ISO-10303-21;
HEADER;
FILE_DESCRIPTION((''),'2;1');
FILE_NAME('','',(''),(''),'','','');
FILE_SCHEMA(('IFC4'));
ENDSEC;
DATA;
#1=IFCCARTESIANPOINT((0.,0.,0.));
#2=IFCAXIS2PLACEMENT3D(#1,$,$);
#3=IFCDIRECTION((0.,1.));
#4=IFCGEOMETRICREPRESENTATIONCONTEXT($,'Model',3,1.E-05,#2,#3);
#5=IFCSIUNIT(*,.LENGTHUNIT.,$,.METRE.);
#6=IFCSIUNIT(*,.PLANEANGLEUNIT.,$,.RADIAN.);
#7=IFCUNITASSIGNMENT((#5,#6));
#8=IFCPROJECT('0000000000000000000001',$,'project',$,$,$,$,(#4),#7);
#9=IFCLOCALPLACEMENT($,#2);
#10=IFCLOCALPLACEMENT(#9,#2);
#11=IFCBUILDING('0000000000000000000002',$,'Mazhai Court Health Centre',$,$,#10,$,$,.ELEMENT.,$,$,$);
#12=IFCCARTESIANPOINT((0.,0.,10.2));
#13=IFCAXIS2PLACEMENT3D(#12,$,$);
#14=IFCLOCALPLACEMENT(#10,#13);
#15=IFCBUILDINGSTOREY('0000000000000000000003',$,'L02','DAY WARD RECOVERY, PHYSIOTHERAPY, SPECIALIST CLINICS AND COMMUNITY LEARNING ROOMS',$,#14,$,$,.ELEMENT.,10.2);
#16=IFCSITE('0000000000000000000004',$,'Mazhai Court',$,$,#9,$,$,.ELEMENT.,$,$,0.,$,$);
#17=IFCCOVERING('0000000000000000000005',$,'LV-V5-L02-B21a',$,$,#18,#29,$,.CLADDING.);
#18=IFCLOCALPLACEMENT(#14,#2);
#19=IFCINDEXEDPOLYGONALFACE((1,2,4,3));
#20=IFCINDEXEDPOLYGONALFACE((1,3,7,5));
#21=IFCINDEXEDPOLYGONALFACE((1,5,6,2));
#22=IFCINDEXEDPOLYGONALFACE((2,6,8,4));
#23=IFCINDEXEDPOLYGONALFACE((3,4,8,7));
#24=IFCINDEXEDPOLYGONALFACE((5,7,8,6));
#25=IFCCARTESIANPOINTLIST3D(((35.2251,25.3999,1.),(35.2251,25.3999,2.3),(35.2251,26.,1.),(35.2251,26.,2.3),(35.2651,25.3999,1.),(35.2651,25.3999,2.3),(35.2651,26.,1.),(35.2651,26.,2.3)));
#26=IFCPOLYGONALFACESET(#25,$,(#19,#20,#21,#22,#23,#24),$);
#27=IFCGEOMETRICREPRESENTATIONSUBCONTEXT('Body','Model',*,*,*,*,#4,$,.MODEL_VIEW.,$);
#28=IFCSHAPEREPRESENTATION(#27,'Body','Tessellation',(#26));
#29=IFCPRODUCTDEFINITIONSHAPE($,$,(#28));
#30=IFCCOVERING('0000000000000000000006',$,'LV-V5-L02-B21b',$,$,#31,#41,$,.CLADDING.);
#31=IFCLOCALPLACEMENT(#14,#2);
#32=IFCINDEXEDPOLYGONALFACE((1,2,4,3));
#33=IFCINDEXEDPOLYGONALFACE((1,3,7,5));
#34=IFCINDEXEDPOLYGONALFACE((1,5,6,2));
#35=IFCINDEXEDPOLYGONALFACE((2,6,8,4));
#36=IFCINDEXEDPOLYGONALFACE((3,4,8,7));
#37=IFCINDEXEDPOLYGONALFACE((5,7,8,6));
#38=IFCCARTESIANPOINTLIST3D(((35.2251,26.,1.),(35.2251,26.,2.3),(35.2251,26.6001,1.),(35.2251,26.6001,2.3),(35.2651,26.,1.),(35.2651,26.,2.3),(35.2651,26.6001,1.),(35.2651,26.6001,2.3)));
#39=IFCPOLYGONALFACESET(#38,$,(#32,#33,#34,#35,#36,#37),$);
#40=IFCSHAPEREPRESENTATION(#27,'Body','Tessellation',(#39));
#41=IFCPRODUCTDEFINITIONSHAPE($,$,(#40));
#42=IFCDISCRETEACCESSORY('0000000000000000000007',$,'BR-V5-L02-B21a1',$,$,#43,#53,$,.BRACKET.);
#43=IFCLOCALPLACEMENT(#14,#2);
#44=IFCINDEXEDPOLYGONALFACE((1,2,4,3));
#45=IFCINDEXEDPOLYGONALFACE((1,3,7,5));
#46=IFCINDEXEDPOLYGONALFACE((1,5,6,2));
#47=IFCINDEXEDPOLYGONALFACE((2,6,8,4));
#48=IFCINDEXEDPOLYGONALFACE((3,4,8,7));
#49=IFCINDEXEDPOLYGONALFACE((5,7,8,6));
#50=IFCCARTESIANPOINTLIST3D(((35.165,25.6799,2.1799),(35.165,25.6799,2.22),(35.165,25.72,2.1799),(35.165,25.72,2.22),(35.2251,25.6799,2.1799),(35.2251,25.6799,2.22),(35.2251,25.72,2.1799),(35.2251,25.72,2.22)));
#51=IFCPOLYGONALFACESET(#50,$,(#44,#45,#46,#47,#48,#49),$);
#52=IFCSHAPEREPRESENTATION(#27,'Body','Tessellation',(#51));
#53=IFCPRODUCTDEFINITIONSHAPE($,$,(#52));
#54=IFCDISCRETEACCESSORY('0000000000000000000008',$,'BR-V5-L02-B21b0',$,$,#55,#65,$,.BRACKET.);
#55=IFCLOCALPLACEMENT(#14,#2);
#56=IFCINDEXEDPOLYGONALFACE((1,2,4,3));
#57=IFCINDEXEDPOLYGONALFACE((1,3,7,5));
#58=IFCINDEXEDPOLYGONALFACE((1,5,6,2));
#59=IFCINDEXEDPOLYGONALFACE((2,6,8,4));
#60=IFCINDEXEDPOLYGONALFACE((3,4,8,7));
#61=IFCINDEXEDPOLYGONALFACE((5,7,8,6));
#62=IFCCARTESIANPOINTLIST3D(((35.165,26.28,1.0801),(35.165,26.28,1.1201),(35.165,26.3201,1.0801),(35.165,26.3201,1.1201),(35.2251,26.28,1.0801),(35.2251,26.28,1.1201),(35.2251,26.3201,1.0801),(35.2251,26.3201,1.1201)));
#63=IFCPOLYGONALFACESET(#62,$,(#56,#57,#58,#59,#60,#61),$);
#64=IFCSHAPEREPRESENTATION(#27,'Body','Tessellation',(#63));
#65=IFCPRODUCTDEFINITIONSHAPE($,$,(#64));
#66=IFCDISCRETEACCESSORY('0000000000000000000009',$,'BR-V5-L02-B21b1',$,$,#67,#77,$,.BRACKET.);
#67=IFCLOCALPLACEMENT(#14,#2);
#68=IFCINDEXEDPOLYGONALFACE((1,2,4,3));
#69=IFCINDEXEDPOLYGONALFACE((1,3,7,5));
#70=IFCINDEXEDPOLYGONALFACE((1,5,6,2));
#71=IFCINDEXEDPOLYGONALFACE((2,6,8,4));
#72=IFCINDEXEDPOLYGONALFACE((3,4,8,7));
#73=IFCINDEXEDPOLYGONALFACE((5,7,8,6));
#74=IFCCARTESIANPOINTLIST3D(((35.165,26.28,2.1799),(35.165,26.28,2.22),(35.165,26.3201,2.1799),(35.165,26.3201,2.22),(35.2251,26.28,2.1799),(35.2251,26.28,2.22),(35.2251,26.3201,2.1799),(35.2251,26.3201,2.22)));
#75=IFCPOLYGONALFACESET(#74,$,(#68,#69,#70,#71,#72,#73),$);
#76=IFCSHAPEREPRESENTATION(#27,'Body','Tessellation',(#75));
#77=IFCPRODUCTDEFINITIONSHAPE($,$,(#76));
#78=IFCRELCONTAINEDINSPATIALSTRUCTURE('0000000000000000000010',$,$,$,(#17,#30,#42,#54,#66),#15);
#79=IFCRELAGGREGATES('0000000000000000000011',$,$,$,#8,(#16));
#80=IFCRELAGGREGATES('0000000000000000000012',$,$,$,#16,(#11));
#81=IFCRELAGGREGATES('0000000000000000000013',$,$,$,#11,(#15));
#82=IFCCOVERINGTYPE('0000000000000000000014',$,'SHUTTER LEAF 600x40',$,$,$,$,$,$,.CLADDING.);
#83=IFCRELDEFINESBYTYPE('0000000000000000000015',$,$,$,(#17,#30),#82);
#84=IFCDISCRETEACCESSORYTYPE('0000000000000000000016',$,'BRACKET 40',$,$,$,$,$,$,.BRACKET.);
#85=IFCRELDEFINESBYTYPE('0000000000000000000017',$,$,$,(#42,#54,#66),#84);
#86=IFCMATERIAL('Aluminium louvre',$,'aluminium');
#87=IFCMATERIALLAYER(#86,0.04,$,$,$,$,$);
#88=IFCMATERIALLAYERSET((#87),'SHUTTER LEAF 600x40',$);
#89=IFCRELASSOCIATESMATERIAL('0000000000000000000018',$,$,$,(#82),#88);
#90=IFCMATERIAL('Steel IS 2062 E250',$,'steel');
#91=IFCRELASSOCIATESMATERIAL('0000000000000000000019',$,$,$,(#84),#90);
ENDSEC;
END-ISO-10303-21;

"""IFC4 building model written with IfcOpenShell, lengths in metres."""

from ifc_helpers import new_model, si_unit, direction, frame, origin, origin_2d, place, context, subcontext, project, spatial, rectangle, extrude, material, layer, layer_set, type_object, element, save


model = new_model("IFC4")

# Units and contexts
model_context = context("Model", 3, precision=1e-05, world=origin(), true_north=direction((0.0, 1.0)))
body_context = subcontext(model_context, "Body", "Model", "MODEL_VIEW")
ifc_project = project(units=[si_unit("LENGTHUNIT", "METRE"), si_unit("PLANEANGLEUNIT", "RADIAN")], contexts=[model_context])

# Site, building, storey
site_placement = place(None, origin())
site = spatial("IfcSite", under=ifc_project, at=site_placement, Name="Mazhai Court", CompositionType="ELEMENT", RefElevation=0.0)
building_placement = place(site_placement, origin())
building = spatial("IfcBuilding", under=site, at=building_placement, Name="Mazhai Court Health Centre", CompositionType="ELEMENT")
storey_placement = place(building_placement, frame((0.0, 0.0, 10.2)))
storey = spatial("IfcBuildingStorey", under=building, at=storey_placement, Name="L02", Description="DAY WARD RECOVERY, PHYSIOTHERAPY, SPECIALIST CLINICS AND COMMUNITY LEARNING ROOMS", CompositionType="ELEMENT", Elevation=10.2)

# Coverings
ifc_material_1 = material(Name="Aluminium louvre", Category="aluminium")
ifc_layer_1 = layer(ifc_material_1, 0.04)
ifc_layer_set_1 = layer_set([ifc_layer_1], Name="SHUTTER LEAF 600x40")
covering_type = type_object("IfcCoveringType", Name="SHUTTER LEAF 600x40", PredefinedType="CLADDING", material=ifc_layer_set_1)
for number, where, z_axis, x_axis, name in (
    (1, (35.2451, 25.7, 1.0), (0.0, 0.0, 1.0), (0.0, 1.0, 0.0), "LV-V5-L02-B21a"),
    (2, (35.2451, 26.3, 1.0), (0.0, 0.0, 1.0), (0.0, 1.0, 0.0), "LV-V5-L02-B21b"),
):
    element("IfcCovering", number, at=place(storey_placement, frame(where, z_axis=z_axis, x_axis=x_axis)), inside=storey, type_object=covering_type, Name=name, PredefinedType="CLADDING", context=body_context, shape_type="SweptSolid", body=[
        extrude(rectangle(XDim=0.6001, YDim=0.04, at=origin_2d()), origin(), (0.0, 0.0, 1.0), 1.3),
    ])

# Discrete accessories
ifc_material_2 = material(Name="Steel IS 2062 E250", Category="steel")
discrete_accessory_type = type_object("IfcDiscreteAccessoryType", Name="BRACKET 40", PredefinedType="BRACKET", material=ifc_material_2)
for number, where, z_axis, x_axis, name in (
    (3, (35.1951, 25.7, 2.1799), (0.0, 0.0, 1.0), (0.0, 1.0, 0.0), "BR-V5-L02-B21a1"),
    (4, (35.1951, 26.3, 1.0801), (0.0, 0.0, 1.0), (0.0, 1.0, 0.0), "BR-V5-L02-B21b0"),
    (5, (35.1951, 26.3, 2.1799), (0.0, 0.0, 1.0), (0.0, 1.0, 0.0), "BR-V5-L02-B21b1"),
):
    element("IfcDiscreteAccessory", number, at=place(storey_placement, frame(where, z_axis=z_axis, x_axis=x_axis)), inside=storey, type_object=discrete_accessory_type, Name=name, PredefinedType="BRACKET", context=body_context, shape_type="SweptSolid", body=[
        extrude(rectangle(XDim=0.04, YDim=0.0601, at=origin_2d()), origin(), (0.0, 0.0, 1.0), 0.04),
    ])

save(model, "model.ifc")
